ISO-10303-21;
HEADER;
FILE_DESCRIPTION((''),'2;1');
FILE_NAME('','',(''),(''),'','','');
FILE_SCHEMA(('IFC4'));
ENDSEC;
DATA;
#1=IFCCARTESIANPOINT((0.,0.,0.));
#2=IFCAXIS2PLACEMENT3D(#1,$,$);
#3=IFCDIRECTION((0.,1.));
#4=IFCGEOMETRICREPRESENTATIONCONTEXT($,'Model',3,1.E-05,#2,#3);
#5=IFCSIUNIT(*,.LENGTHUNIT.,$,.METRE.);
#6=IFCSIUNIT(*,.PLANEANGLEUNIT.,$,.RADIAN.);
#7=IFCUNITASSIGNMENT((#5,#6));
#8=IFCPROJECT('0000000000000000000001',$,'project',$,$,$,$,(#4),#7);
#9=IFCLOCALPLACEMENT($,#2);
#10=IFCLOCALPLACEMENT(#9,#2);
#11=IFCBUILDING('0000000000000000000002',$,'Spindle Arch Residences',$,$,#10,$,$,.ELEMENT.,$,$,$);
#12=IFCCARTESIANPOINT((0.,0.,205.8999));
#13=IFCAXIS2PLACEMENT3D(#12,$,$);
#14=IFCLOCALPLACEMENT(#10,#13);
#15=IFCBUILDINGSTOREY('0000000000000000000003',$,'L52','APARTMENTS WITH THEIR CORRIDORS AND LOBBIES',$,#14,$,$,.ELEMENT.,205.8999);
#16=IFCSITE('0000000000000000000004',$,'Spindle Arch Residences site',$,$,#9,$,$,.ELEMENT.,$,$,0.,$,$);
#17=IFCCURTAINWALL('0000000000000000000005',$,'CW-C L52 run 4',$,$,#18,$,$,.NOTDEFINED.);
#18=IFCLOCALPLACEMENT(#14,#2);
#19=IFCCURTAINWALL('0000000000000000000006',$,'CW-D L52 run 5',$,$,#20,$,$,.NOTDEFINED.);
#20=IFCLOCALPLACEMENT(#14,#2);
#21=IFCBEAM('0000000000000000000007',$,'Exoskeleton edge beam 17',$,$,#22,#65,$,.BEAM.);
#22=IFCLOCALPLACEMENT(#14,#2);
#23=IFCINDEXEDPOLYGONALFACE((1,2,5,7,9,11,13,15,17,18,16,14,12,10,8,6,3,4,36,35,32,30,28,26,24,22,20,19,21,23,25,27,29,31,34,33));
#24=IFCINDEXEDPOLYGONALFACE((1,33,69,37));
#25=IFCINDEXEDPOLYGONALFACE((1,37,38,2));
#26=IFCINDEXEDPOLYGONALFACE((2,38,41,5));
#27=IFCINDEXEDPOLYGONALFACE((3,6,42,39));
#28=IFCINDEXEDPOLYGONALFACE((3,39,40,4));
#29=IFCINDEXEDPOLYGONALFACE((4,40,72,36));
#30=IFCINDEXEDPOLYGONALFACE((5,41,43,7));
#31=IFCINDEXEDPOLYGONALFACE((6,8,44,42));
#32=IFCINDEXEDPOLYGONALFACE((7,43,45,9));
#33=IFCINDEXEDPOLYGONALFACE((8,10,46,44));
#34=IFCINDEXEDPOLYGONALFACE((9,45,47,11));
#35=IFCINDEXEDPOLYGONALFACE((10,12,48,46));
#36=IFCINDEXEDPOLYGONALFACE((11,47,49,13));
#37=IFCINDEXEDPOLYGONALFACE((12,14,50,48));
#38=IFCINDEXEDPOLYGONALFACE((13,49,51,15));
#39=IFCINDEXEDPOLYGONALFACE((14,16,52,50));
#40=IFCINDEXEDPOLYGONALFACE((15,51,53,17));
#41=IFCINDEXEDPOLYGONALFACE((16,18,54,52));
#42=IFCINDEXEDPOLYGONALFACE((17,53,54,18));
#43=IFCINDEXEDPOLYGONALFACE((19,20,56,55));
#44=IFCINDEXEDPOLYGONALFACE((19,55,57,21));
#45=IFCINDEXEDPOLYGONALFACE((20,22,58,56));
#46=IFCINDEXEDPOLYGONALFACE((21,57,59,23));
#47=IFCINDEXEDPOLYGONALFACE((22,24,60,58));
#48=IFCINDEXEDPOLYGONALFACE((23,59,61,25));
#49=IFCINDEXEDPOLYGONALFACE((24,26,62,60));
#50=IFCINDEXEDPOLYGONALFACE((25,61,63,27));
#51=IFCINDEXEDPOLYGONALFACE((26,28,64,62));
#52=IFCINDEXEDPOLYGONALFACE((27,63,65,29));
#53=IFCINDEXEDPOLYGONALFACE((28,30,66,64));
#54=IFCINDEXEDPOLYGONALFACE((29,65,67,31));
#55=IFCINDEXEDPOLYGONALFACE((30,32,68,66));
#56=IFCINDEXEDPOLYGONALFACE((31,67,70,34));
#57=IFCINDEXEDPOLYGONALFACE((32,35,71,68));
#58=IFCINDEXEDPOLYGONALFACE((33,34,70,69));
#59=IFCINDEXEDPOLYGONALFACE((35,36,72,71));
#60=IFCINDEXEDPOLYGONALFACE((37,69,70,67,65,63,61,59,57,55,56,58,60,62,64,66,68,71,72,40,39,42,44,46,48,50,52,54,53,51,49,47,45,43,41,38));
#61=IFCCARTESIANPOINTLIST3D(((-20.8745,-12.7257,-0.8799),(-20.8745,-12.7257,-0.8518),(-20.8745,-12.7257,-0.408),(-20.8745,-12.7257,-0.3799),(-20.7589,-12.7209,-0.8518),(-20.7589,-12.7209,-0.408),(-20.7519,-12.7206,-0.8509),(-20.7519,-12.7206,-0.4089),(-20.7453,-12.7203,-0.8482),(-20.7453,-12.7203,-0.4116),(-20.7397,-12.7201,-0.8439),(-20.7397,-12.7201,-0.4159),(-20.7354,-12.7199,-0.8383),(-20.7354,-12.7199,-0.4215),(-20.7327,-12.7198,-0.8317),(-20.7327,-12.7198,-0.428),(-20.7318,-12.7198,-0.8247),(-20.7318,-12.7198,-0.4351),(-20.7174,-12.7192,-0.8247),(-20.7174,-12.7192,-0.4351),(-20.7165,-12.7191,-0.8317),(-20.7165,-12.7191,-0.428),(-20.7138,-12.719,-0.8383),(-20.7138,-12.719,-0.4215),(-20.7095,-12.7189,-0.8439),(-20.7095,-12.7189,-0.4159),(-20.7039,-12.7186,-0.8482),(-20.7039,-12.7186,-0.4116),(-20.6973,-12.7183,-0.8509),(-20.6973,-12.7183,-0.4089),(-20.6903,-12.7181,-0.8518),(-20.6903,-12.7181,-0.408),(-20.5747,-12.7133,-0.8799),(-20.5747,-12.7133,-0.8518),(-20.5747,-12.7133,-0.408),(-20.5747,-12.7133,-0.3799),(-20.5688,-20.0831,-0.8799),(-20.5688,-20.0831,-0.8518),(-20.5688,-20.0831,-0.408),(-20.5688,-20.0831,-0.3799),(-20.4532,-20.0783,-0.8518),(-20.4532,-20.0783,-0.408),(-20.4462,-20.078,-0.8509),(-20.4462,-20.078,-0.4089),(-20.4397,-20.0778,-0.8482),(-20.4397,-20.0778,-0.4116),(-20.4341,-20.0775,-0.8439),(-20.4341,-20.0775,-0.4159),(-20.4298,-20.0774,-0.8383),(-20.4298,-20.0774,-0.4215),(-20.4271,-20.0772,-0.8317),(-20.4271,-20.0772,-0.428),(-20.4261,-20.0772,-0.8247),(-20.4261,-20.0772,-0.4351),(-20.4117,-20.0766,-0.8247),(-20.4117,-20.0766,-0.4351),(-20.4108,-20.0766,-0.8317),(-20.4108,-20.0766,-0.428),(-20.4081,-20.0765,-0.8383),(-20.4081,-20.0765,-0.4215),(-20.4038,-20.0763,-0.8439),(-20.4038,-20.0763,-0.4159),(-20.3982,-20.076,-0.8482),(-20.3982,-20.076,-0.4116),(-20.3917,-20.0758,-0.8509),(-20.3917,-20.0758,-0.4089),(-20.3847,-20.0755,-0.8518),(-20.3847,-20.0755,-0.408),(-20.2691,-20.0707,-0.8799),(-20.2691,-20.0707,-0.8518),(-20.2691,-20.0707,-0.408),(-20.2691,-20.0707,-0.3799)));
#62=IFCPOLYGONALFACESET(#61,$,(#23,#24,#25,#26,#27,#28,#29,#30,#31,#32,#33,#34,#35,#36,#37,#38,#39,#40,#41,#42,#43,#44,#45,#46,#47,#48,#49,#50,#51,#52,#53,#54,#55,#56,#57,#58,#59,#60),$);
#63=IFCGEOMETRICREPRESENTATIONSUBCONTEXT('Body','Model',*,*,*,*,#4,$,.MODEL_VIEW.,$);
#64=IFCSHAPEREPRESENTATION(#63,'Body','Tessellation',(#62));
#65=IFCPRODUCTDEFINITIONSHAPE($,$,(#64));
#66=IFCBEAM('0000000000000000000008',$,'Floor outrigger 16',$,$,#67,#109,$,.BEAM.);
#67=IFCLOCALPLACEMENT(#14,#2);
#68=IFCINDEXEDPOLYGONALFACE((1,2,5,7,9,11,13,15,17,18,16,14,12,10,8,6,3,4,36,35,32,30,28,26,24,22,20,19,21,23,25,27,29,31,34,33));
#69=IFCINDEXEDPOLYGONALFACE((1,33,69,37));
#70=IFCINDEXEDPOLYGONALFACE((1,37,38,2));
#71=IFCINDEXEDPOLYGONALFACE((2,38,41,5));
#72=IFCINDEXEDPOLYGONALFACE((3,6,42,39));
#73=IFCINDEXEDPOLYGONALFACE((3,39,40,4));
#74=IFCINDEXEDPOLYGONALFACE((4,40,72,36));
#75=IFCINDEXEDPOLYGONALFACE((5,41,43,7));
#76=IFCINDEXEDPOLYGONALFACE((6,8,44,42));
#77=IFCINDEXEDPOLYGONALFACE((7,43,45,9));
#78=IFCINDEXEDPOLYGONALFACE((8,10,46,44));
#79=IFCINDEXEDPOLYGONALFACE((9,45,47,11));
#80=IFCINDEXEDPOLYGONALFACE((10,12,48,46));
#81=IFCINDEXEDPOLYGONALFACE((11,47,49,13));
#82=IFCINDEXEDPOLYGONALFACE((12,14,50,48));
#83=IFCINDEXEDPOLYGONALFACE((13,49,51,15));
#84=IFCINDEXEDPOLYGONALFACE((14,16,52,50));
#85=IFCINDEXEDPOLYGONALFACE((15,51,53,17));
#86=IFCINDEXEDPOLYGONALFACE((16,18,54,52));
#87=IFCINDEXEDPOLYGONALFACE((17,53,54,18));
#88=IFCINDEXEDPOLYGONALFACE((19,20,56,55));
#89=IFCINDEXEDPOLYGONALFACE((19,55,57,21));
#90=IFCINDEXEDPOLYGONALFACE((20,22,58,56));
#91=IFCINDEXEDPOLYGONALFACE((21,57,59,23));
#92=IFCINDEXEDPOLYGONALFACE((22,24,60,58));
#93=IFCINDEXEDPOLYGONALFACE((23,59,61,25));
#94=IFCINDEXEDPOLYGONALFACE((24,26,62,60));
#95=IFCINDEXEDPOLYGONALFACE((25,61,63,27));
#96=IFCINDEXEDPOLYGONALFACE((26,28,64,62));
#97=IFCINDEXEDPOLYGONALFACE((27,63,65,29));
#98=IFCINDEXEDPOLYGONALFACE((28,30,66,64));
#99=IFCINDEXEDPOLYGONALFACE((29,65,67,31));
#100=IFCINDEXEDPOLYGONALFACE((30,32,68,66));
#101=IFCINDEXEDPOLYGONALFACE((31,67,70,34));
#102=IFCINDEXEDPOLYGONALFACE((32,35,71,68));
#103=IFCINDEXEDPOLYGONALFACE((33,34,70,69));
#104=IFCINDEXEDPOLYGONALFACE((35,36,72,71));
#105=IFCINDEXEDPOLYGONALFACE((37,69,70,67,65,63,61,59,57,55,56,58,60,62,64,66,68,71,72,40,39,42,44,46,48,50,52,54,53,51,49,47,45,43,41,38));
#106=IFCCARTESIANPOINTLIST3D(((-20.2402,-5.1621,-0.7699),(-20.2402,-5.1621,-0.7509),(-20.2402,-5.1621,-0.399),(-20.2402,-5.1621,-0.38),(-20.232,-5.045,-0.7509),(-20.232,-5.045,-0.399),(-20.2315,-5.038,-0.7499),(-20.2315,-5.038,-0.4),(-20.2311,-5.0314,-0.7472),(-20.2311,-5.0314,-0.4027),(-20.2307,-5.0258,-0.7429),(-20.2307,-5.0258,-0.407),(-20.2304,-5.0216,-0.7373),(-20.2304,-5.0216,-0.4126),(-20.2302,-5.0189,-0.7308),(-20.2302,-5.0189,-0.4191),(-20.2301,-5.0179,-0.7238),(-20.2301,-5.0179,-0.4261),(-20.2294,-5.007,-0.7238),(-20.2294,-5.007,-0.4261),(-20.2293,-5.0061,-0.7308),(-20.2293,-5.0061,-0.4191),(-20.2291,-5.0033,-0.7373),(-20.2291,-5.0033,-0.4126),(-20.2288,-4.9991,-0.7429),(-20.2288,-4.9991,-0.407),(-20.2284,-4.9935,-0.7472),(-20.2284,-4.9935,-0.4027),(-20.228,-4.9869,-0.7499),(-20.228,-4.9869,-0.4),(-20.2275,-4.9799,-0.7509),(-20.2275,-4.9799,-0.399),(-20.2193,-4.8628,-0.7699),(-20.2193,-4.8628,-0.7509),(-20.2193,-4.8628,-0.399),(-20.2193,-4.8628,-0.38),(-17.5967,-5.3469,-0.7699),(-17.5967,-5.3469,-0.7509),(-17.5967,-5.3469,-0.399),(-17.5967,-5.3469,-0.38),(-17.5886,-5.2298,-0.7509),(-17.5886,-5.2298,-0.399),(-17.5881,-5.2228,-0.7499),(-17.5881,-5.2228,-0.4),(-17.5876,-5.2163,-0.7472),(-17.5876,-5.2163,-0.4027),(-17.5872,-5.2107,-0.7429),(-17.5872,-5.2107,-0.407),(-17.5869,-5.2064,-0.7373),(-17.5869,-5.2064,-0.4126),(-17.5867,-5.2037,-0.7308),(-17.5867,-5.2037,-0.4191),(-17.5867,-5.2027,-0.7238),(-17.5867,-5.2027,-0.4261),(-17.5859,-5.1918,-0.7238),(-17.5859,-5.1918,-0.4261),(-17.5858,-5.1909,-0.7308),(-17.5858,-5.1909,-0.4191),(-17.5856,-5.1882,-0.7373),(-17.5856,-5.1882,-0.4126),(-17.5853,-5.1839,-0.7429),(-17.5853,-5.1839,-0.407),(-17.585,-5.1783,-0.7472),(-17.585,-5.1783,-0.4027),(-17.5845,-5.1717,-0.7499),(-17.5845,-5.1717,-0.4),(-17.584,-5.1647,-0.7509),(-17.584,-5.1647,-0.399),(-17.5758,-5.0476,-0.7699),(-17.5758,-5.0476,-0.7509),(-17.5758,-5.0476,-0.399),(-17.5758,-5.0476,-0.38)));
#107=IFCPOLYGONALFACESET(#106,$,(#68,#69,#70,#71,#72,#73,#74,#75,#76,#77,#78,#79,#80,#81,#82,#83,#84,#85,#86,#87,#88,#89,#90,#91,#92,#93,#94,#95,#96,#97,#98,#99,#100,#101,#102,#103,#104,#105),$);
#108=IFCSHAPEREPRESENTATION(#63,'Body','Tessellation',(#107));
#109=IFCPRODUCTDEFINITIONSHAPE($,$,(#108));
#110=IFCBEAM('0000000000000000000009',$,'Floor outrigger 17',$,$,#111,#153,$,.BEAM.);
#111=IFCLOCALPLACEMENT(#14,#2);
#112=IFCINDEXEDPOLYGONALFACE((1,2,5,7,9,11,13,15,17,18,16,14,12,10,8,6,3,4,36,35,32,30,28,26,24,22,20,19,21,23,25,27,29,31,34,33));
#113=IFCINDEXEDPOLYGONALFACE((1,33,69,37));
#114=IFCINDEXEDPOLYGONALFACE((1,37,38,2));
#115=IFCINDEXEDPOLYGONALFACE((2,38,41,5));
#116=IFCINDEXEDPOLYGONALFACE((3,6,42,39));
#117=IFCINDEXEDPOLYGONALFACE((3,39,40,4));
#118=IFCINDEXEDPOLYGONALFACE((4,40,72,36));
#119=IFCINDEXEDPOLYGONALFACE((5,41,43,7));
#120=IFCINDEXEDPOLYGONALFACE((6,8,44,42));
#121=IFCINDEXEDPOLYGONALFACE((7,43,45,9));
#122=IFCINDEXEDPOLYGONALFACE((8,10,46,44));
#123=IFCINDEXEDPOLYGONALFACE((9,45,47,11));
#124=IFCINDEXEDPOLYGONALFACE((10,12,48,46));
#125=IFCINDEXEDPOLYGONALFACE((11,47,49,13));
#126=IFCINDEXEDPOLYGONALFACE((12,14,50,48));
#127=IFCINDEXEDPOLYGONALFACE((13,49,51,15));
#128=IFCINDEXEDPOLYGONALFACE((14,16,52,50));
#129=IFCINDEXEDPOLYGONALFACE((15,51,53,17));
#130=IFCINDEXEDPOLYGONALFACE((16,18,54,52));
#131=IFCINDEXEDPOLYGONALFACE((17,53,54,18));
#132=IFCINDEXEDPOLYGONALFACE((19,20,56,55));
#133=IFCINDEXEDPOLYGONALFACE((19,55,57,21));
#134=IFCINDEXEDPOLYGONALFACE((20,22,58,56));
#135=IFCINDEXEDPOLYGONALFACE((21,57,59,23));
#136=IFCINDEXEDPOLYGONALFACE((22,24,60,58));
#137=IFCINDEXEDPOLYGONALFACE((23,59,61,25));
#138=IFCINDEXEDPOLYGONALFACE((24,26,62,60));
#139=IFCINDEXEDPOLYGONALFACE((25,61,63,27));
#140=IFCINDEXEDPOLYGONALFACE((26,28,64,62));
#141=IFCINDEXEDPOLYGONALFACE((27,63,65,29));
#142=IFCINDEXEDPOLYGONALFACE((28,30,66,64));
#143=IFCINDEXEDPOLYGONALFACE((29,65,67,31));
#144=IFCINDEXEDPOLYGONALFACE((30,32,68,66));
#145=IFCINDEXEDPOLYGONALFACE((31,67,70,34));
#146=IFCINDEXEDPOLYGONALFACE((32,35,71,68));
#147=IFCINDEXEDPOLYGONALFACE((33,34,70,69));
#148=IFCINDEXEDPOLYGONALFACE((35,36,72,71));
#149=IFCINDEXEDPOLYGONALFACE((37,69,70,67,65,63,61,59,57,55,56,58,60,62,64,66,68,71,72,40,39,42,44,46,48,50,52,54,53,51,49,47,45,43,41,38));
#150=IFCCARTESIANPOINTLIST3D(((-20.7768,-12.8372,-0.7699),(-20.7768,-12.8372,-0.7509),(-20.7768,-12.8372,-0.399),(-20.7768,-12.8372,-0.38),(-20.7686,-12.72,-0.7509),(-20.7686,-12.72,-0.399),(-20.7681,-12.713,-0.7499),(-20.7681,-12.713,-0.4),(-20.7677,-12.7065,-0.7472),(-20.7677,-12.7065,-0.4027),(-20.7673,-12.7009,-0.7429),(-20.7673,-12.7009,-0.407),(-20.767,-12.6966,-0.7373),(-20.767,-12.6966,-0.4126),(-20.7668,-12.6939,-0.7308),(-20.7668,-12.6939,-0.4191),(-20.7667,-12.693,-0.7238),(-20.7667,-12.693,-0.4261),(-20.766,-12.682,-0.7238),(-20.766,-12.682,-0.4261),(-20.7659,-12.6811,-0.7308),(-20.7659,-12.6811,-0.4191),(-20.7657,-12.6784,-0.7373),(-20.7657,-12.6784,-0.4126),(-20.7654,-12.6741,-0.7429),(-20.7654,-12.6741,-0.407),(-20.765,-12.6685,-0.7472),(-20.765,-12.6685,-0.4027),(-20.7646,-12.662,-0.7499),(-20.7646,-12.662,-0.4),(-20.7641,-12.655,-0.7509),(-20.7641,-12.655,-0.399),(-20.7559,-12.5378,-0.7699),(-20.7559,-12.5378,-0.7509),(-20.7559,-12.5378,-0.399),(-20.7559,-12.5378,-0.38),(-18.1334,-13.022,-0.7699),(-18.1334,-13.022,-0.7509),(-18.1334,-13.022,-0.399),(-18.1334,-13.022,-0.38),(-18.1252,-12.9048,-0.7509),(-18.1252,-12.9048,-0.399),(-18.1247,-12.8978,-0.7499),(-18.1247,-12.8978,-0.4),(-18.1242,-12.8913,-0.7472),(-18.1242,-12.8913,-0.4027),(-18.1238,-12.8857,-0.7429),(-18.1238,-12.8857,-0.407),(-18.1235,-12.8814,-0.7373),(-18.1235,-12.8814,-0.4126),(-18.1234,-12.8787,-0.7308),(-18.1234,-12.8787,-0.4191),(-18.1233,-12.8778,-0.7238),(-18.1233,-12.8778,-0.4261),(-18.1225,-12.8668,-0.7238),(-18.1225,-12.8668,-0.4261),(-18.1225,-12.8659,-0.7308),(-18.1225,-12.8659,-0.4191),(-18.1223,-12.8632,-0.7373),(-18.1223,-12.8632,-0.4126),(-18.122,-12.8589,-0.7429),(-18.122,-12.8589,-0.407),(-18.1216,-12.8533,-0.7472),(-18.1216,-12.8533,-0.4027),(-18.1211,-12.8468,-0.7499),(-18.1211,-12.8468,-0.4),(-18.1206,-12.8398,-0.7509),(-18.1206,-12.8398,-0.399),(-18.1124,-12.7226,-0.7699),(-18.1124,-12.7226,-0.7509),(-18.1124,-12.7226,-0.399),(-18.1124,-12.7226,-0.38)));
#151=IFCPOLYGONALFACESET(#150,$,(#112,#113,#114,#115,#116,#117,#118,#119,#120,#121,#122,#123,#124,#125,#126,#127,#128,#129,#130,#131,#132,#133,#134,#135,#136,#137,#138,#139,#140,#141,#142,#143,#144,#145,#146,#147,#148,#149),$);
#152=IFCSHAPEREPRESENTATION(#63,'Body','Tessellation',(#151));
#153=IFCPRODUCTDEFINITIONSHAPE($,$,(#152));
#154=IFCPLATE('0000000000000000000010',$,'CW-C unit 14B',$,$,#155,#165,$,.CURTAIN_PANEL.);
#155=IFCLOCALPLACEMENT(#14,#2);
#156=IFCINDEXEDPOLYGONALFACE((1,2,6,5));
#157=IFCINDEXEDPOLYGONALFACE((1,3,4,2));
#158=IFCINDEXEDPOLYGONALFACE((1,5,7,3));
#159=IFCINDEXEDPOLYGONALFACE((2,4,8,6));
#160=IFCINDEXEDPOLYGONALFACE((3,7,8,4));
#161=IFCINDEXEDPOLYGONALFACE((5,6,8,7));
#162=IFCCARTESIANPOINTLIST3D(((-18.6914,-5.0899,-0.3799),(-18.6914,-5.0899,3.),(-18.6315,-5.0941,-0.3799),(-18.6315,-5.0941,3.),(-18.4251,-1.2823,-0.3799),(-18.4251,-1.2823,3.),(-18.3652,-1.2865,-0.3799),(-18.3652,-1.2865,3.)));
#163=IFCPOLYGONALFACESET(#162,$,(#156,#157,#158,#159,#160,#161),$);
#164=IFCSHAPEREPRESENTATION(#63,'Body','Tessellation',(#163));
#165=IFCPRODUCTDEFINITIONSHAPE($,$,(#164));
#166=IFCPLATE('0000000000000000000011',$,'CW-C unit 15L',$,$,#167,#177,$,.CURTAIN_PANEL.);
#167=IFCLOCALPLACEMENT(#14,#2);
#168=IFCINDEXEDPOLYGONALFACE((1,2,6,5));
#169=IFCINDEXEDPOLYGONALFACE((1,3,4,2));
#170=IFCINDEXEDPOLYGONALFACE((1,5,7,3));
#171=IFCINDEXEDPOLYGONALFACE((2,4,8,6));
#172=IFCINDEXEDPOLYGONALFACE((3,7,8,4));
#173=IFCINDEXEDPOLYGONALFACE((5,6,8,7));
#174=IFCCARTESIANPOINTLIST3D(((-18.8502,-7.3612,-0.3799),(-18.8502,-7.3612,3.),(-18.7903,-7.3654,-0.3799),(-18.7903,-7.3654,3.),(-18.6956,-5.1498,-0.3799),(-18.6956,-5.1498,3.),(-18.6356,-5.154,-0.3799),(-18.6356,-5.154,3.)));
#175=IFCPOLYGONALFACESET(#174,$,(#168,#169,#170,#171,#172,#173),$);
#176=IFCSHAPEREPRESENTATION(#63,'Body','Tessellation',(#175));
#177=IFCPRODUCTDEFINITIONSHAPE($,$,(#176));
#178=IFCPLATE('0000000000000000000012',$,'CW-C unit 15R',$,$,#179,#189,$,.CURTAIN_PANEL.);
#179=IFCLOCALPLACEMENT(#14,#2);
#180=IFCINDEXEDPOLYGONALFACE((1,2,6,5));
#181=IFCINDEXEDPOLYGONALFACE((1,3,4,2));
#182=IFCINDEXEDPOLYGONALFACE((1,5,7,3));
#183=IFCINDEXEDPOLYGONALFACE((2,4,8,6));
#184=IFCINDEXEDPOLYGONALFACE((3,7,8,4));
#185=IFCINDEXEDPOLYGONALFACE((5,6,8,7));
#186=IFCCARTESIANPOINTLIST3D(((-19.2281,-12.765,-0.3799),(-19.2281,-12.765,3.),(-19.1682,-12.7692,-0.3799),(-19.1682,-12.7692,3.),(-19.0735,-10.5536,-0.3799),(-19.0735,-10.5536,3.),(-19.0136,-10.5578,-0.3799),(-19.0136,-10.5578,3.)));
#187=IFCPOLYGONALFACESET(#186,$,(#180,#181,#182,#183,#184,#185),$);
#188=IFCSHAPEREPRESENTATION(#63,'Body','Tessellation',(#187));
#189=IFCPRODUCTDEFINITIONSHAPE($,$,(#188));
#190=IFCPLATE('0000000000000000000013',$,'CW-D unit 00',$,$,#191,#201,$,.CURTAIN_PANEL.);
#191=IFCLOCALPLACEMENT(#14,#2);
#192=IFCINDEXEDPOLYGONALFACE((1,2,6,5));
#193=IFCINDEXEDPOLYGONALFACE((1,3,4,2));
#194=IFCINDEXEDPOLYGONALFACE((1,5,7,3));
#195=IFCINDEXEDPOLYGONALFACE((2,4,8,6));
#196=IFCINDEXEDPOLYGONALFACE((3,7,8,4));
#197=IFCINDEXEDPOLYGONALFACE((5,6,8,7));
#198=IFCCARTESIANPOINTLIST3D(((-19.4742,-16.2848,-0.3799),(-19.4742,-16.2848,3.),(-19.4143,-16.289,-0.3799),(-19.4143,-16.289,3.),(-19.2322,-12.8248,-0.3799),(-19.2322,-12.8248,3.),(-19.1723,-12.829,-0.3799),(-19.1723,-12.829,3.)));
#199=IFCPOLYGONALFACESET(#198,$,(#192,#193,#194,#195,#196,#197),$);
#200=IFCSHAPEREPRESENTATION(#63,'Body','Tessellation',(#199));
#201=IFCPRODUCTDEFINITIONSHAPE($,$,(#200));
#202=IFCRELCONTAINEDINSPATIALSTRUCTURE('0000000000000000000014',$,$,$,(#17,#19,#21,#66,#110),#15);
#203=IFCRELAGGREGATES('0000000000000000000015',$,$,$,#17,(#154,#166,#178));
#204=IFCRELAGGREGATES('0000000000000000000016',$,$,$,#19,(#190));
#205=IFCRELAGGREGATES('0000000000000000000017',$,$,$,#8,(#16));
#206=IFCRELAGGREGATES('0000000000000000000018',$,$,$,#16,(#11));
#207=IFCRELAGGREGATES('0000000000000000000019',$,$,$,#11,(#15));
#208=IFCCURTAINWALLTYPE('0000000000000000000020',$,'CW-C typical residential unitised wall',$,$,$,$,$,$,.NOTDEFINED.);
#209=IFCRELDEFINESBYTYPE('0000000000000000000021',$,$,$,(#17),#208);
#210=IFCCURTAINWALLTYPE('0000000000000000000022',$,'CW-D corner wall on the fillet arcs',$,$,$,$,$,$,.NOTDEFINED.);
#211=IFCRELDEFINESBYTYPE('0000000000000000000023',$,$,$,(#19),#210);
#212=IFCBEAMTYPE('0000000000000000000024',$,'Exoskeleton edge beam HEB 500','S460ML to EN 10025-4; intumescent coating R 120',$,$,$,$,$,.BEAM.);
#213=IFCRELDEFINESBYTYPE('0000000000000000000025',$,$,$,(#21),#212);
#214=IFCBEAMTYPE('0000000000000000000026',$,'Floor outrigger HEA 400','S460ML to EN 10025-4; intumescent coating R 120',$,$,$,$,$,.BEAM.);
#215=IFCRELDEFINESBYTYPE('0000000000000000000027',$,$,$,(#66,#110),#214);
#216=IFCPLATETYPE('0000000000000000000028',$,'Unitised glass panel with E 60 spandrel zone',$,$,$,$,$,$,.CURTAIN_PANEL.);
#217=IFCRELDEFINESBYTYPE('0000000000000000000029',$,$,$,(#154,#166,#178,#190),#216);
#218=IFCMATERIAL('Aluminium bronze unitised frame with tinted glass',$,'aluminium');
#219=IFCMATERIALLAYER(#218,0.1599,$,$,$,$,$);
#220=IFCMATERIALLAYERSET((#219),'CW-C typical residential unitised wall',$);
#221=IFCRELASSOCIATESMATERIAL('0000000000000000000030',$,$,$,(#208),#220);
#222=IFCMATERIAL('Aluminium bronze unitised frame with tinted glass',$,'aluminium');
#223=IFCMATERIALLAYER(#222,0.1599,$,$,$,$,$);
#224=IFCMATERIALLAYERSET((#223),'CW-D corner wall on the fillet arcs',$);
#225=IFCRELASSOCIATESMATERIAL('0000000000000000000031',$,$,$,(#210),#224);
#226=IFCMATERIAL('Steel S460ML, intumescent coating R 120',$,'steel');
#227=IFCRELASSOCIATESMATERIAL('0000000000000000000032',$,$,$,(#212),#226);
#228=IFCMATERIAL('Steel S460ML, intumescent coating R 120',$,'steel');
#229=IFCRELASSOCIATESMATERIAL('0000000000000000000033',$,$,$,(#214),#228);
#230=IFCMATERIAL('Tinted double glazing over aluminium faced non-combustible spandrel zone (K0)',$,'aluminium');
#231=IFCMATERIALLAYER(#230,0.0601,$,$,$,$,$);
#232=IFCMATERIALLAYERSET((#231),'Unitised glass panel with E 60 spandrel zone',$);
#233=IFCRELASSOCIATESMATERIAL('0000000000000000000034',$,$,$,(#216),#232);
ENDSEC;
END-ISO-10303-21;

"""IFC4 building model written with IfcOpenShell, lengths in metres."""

from ifc_helpers import new_model, si_unit, direction, frame, origin, origin_2d, place, context, subcontext, project, spatial, rectangle, i_section, extrude, material, layer, layer_set, material_profile, profile_set, type_object, element, aggregate, save


model = new_model("IFC4")

# Units and contexts
model_context = context("Model", 3, precision=1e-05, world=origin(), true_north=direction((0.0, 1.0)))
body_context = subcontext(model_context, "Body", "Model", "MODEL_VIEW")
ifc_project = project(units=[si_unit("LENGTHUNIT", "METRE"), si_unit("PLANEANGLEUNIT", "RADIAN")], contexts=[model_context])

# Site, building, storey
site_placement = place(None, origin())
site = spatial("IfcSite", under=ifc_project, at=site_placement, Name="Spindle Arch Residences site", CompositionType="ELEMENT", RefElevation=0.0)
building_placement = place(site_placement, origin())
building = spatial("IfcBuilding", under=site, at=building_placement, Name="Spindle Arch Residences", CompositionType="ELEMENT")
storey_placement = place(building_placement, frame((0.0, 0.0, 205.8999)))
storey = spatial("IfcBuildingStorey", under=building, at=storey_placement, Name="L52", Description="APARTMENTS WITH THEIR CORRIDORS AND LOBBIES", CompositionType="ELEMENT", Elevation=205.8999)

# Curtain wall
ifc_material_1 = material(Name="Aluminium bronze unitised frame with tinted glass", Category="aluminium")
ifc_layer_1 = layer(ifc_material_1, 0.1599)
ifc_layer_set_1 = layer_set([ifc_layer_1], Name="CW-C typical residential unitised wall")
curtain_wall_type_1 = type_object("IfcCurtainWallType", Name="CW-C typical residential unitised wall", PredefinedType="NOTDEFINED", material=ifc_layer_set_1)
curtain_wall_1_placement = place(storey_placement, origin())
curtain_wall_1 = element("IfcCurtainWall", 1, at=curtain_wall_1_placement, inside=storey, type_object=curtain_wall_type_1, Name="CW-C L52 run 4", PredefinedType="NOTDEFINED")

# Curtain wall
ifc_material_2 = material(Name="Aluminium bronze unitised frame with tinted glass", Category="aluminium")
ifc_layer_2 = layer(ifc_material_2, 0.1599)
ifc_layer_set_2 = layer_set([ifc_layer_2], Name="CW-D corner wall on the fillet arcs")
curtain_wall_type_2 = type_object("IfcCurtainWallType", Name="CW-D corner wall on the fillet arcs", PredefinedType="NOTDEFINED", material=ifc_layer_set_2)
curtain_wall_2_placement = place(storey_placement, origin())
curtain_wall_2 = element("IfcCurtainWall", 2, at=curtain_wall_2_placement, inside=storey, type_object=curtain_wall_type_2, Name="CW-D L52 run 5", PredefinedType="NOTDEFINED")

# Beams
ifc_material_3 = material(Name="Steel S460ML, intumescent coating R 120", Category="steel")
ifc_material_profile_1 = material_profile(ifc_material_3, i_section(OverallWidth=0.3, OverallDepth=0.5, WebThickness=0.0144, FlangeThickness=0.0281, FilletRadius=0.0271, at=origin_2d()), Name="HEB 500")
ifc_profile_set_1 = profile_set([ifc_material_profile_1], Name="Steel S460ML, intumescent coating R 120")
beam_type_1 = type_object("IfcBeamType", Name="Exoskeleton edge beam HEB 500", Description="S460ML to EN 10025-4; intumescent coating R 120", PredefinedType="BEAM", material=ifc_profile_set_1)
beam_1_placement = place(storey_placement, frame((-20.7246, -12.7195, -0.6299), z_axis=(0.041509, -0.999138, 0.0), x_axis=(0.999138, 0.041509, 0.0)))
element("IfcBeam", 3, at=beam_1_placement, inside=storey, type_object=beam_type_1, Name="Exoskeleton edge beam 17", PredefinedType="BEAM", context=body_context, shape_type="SweptSolid", body=[
    extrude(i_section(OverallWidth=0.3, OverallDepth=0.5, WebThickness=0.0144, FlangeThickness=0.0281, FilletRadius=0.0271, at=origin_2d()), origin(), (0.0, 0.0, 1.0), 7.3638),
])
ifc_material_4 = material(Name="Steel S460ML, intumescent coating R 120", Category="steel")
ifc_material_profile_2 = material_profile(ifc_material_4, i_section(OverallWidth=0.3, OverallDepth=0.3899, WebThickness=0.011, FlangeThickness=0.019, FilletRadius=0.0271, at=origin_2d()), Name="HEA 400")
ifc_profile_set_2 = profile_set([ifc_material_profile_2], Name="Steel S460ML, intumescent coating R 120")
beam_type_2 = type_object("IfcBeamType", Name="Floor outrigger HEA 400", Description="S460ML to EN 10025-4; intumescent coating R 120", PredefinedType="BEAM", material=ifc_profile_set_2)
for number, where, z_axis, x_axis, name in (
    (4, (-20.2297, -5.0125, -0.575), (0.997565, -0.069741, 0.0), (0.069741, 0.997565, 0.0), "Floor outrigger 16"),
    (5, (-20.7664, -12.6875, -0.575), (0.997565, -0.069741, 0.0), (0.069741, 0.997565, 0.0), "Floor outrigger 17"),
):
    element("IfcBeam", number, at=place(storey_placement, frame(where, z_axis=z_axis, x_axis=x_axis)), inside=storey, type_object=beam_type_2, Name=name, PredefinedType="BEAM", context=body_context, shape_type="SweptSolid", body=[
        extrude(i_section(OverallWidth=0.3, OverallDepth=0.3899, WebThickness=0.011, FlangeThickness=0.019, FilletRadius=0.0271, at=origin_2d()), origin(), (0.0, 0.0, 1.0), 2.6499),
    ])

# Plates
ifc_material_5 = material(Name="Tinted double glazing over aluminium faced non-combustible spandrel zone (K0)", Category="aluminium")
ifc_layer_3 = layer(ifc_material_5, 0.0601)
ifc_layer_set_3 = layer_set([ifc_layer_3], Name="Unitised glass panel with E 60 spandrel zone")
plate_type = type_object("IfcPlateType", Name="Unitised glass panel with E 60 spandrel zone", PredefinedType="CURTAIN_PANEL", material=ifc_layer_set_3)
plate_1_placement = place(storey_placement, frame((-18.5283, -3.1882, -0.3799), z_axis=(0.0, 0.0, 1.0), x_axis=(-0.069756, -0.997564, 0.0)))
plate_1 = element("IfcPlate", 6, at=plate_1_placement, type_object=plate_type, Name="CW-C unit 14B", PredefinedType="CURTAIN_PANEL", context=body_context, shape_type="SweptSolid", body=[
    extrude(rectangle(XDim=3.8169, YDim=0.0601, at=origin_2d()), origin(), (0.0, 0.0, 1.0), 3.3799),
])
plate_2_placement = place(storey_placement, frame((-18.7429, -6.2576, -0.3799), z_axis=(0.0, 0.0, 1.0), x_axis=(-0.069756, -0.997564, 0.0)))
plate_2 = element("IfcPlate", 7, at=plate_2_placement, type_object=plate_type, Name="CW-C unit 15L", PredefinedType="CURTAIN_PANEL", context=body_context, shape_type="SweptSolid", body=[
    extrude(rectangle(XDim=2.2168, YDim=0.0601, at=origin_2d()), origin(), (0.0, 0.0, 1.0), 3.3799),
])
plate_3_placement = place(storey_placement, frame((-19.1208, -11.6614, -0.3799), z_axis=(0.0, 0.0, 1.0), x_axis=(-0.069756, -0.997564, 0.0)))
plate_3 = element("IfcPlate", 8, at=plate_3_placement, type_object=plate_type, Name="CW-C unit 15R", PredefinedType="CURTAIN_PANEL", context=body_context, shape_type="SweptSolid", body=[
    extrude(rectangle(XDim=2.2168, YDim=0.0601, at=origin_2d()), origin(), (0.0, 0.0, 1.0), 3.3799),
])
aggregate(curtain_wall_1, [plate_1, plate_2, plate_3])
plate_4_placement = place(storey_placement, frame((-19.3232, -14.5569, -0.3799), z_axis=(0.0, 0.0, 1.0), x_axis=(-0.069756, -0.997564, 0.0)))
plate_4 = element("IfcPlate", 9, at=plate_4_placement, type_object=plate_type, Name="CW-D unit 00", PredefinedType="CURTAIN_PANEL", context=body_context, shape_type="SweptSolid", body=[
    extrude(rectangle(XDim=3.4685, YDim=0.0601, at=origin_2d()), origin(), (0.0, 0.0, 1.0), 3.3799),
])
aggregate(curtain_wall_2, [plate_4])

save(model, "model.ifc")
